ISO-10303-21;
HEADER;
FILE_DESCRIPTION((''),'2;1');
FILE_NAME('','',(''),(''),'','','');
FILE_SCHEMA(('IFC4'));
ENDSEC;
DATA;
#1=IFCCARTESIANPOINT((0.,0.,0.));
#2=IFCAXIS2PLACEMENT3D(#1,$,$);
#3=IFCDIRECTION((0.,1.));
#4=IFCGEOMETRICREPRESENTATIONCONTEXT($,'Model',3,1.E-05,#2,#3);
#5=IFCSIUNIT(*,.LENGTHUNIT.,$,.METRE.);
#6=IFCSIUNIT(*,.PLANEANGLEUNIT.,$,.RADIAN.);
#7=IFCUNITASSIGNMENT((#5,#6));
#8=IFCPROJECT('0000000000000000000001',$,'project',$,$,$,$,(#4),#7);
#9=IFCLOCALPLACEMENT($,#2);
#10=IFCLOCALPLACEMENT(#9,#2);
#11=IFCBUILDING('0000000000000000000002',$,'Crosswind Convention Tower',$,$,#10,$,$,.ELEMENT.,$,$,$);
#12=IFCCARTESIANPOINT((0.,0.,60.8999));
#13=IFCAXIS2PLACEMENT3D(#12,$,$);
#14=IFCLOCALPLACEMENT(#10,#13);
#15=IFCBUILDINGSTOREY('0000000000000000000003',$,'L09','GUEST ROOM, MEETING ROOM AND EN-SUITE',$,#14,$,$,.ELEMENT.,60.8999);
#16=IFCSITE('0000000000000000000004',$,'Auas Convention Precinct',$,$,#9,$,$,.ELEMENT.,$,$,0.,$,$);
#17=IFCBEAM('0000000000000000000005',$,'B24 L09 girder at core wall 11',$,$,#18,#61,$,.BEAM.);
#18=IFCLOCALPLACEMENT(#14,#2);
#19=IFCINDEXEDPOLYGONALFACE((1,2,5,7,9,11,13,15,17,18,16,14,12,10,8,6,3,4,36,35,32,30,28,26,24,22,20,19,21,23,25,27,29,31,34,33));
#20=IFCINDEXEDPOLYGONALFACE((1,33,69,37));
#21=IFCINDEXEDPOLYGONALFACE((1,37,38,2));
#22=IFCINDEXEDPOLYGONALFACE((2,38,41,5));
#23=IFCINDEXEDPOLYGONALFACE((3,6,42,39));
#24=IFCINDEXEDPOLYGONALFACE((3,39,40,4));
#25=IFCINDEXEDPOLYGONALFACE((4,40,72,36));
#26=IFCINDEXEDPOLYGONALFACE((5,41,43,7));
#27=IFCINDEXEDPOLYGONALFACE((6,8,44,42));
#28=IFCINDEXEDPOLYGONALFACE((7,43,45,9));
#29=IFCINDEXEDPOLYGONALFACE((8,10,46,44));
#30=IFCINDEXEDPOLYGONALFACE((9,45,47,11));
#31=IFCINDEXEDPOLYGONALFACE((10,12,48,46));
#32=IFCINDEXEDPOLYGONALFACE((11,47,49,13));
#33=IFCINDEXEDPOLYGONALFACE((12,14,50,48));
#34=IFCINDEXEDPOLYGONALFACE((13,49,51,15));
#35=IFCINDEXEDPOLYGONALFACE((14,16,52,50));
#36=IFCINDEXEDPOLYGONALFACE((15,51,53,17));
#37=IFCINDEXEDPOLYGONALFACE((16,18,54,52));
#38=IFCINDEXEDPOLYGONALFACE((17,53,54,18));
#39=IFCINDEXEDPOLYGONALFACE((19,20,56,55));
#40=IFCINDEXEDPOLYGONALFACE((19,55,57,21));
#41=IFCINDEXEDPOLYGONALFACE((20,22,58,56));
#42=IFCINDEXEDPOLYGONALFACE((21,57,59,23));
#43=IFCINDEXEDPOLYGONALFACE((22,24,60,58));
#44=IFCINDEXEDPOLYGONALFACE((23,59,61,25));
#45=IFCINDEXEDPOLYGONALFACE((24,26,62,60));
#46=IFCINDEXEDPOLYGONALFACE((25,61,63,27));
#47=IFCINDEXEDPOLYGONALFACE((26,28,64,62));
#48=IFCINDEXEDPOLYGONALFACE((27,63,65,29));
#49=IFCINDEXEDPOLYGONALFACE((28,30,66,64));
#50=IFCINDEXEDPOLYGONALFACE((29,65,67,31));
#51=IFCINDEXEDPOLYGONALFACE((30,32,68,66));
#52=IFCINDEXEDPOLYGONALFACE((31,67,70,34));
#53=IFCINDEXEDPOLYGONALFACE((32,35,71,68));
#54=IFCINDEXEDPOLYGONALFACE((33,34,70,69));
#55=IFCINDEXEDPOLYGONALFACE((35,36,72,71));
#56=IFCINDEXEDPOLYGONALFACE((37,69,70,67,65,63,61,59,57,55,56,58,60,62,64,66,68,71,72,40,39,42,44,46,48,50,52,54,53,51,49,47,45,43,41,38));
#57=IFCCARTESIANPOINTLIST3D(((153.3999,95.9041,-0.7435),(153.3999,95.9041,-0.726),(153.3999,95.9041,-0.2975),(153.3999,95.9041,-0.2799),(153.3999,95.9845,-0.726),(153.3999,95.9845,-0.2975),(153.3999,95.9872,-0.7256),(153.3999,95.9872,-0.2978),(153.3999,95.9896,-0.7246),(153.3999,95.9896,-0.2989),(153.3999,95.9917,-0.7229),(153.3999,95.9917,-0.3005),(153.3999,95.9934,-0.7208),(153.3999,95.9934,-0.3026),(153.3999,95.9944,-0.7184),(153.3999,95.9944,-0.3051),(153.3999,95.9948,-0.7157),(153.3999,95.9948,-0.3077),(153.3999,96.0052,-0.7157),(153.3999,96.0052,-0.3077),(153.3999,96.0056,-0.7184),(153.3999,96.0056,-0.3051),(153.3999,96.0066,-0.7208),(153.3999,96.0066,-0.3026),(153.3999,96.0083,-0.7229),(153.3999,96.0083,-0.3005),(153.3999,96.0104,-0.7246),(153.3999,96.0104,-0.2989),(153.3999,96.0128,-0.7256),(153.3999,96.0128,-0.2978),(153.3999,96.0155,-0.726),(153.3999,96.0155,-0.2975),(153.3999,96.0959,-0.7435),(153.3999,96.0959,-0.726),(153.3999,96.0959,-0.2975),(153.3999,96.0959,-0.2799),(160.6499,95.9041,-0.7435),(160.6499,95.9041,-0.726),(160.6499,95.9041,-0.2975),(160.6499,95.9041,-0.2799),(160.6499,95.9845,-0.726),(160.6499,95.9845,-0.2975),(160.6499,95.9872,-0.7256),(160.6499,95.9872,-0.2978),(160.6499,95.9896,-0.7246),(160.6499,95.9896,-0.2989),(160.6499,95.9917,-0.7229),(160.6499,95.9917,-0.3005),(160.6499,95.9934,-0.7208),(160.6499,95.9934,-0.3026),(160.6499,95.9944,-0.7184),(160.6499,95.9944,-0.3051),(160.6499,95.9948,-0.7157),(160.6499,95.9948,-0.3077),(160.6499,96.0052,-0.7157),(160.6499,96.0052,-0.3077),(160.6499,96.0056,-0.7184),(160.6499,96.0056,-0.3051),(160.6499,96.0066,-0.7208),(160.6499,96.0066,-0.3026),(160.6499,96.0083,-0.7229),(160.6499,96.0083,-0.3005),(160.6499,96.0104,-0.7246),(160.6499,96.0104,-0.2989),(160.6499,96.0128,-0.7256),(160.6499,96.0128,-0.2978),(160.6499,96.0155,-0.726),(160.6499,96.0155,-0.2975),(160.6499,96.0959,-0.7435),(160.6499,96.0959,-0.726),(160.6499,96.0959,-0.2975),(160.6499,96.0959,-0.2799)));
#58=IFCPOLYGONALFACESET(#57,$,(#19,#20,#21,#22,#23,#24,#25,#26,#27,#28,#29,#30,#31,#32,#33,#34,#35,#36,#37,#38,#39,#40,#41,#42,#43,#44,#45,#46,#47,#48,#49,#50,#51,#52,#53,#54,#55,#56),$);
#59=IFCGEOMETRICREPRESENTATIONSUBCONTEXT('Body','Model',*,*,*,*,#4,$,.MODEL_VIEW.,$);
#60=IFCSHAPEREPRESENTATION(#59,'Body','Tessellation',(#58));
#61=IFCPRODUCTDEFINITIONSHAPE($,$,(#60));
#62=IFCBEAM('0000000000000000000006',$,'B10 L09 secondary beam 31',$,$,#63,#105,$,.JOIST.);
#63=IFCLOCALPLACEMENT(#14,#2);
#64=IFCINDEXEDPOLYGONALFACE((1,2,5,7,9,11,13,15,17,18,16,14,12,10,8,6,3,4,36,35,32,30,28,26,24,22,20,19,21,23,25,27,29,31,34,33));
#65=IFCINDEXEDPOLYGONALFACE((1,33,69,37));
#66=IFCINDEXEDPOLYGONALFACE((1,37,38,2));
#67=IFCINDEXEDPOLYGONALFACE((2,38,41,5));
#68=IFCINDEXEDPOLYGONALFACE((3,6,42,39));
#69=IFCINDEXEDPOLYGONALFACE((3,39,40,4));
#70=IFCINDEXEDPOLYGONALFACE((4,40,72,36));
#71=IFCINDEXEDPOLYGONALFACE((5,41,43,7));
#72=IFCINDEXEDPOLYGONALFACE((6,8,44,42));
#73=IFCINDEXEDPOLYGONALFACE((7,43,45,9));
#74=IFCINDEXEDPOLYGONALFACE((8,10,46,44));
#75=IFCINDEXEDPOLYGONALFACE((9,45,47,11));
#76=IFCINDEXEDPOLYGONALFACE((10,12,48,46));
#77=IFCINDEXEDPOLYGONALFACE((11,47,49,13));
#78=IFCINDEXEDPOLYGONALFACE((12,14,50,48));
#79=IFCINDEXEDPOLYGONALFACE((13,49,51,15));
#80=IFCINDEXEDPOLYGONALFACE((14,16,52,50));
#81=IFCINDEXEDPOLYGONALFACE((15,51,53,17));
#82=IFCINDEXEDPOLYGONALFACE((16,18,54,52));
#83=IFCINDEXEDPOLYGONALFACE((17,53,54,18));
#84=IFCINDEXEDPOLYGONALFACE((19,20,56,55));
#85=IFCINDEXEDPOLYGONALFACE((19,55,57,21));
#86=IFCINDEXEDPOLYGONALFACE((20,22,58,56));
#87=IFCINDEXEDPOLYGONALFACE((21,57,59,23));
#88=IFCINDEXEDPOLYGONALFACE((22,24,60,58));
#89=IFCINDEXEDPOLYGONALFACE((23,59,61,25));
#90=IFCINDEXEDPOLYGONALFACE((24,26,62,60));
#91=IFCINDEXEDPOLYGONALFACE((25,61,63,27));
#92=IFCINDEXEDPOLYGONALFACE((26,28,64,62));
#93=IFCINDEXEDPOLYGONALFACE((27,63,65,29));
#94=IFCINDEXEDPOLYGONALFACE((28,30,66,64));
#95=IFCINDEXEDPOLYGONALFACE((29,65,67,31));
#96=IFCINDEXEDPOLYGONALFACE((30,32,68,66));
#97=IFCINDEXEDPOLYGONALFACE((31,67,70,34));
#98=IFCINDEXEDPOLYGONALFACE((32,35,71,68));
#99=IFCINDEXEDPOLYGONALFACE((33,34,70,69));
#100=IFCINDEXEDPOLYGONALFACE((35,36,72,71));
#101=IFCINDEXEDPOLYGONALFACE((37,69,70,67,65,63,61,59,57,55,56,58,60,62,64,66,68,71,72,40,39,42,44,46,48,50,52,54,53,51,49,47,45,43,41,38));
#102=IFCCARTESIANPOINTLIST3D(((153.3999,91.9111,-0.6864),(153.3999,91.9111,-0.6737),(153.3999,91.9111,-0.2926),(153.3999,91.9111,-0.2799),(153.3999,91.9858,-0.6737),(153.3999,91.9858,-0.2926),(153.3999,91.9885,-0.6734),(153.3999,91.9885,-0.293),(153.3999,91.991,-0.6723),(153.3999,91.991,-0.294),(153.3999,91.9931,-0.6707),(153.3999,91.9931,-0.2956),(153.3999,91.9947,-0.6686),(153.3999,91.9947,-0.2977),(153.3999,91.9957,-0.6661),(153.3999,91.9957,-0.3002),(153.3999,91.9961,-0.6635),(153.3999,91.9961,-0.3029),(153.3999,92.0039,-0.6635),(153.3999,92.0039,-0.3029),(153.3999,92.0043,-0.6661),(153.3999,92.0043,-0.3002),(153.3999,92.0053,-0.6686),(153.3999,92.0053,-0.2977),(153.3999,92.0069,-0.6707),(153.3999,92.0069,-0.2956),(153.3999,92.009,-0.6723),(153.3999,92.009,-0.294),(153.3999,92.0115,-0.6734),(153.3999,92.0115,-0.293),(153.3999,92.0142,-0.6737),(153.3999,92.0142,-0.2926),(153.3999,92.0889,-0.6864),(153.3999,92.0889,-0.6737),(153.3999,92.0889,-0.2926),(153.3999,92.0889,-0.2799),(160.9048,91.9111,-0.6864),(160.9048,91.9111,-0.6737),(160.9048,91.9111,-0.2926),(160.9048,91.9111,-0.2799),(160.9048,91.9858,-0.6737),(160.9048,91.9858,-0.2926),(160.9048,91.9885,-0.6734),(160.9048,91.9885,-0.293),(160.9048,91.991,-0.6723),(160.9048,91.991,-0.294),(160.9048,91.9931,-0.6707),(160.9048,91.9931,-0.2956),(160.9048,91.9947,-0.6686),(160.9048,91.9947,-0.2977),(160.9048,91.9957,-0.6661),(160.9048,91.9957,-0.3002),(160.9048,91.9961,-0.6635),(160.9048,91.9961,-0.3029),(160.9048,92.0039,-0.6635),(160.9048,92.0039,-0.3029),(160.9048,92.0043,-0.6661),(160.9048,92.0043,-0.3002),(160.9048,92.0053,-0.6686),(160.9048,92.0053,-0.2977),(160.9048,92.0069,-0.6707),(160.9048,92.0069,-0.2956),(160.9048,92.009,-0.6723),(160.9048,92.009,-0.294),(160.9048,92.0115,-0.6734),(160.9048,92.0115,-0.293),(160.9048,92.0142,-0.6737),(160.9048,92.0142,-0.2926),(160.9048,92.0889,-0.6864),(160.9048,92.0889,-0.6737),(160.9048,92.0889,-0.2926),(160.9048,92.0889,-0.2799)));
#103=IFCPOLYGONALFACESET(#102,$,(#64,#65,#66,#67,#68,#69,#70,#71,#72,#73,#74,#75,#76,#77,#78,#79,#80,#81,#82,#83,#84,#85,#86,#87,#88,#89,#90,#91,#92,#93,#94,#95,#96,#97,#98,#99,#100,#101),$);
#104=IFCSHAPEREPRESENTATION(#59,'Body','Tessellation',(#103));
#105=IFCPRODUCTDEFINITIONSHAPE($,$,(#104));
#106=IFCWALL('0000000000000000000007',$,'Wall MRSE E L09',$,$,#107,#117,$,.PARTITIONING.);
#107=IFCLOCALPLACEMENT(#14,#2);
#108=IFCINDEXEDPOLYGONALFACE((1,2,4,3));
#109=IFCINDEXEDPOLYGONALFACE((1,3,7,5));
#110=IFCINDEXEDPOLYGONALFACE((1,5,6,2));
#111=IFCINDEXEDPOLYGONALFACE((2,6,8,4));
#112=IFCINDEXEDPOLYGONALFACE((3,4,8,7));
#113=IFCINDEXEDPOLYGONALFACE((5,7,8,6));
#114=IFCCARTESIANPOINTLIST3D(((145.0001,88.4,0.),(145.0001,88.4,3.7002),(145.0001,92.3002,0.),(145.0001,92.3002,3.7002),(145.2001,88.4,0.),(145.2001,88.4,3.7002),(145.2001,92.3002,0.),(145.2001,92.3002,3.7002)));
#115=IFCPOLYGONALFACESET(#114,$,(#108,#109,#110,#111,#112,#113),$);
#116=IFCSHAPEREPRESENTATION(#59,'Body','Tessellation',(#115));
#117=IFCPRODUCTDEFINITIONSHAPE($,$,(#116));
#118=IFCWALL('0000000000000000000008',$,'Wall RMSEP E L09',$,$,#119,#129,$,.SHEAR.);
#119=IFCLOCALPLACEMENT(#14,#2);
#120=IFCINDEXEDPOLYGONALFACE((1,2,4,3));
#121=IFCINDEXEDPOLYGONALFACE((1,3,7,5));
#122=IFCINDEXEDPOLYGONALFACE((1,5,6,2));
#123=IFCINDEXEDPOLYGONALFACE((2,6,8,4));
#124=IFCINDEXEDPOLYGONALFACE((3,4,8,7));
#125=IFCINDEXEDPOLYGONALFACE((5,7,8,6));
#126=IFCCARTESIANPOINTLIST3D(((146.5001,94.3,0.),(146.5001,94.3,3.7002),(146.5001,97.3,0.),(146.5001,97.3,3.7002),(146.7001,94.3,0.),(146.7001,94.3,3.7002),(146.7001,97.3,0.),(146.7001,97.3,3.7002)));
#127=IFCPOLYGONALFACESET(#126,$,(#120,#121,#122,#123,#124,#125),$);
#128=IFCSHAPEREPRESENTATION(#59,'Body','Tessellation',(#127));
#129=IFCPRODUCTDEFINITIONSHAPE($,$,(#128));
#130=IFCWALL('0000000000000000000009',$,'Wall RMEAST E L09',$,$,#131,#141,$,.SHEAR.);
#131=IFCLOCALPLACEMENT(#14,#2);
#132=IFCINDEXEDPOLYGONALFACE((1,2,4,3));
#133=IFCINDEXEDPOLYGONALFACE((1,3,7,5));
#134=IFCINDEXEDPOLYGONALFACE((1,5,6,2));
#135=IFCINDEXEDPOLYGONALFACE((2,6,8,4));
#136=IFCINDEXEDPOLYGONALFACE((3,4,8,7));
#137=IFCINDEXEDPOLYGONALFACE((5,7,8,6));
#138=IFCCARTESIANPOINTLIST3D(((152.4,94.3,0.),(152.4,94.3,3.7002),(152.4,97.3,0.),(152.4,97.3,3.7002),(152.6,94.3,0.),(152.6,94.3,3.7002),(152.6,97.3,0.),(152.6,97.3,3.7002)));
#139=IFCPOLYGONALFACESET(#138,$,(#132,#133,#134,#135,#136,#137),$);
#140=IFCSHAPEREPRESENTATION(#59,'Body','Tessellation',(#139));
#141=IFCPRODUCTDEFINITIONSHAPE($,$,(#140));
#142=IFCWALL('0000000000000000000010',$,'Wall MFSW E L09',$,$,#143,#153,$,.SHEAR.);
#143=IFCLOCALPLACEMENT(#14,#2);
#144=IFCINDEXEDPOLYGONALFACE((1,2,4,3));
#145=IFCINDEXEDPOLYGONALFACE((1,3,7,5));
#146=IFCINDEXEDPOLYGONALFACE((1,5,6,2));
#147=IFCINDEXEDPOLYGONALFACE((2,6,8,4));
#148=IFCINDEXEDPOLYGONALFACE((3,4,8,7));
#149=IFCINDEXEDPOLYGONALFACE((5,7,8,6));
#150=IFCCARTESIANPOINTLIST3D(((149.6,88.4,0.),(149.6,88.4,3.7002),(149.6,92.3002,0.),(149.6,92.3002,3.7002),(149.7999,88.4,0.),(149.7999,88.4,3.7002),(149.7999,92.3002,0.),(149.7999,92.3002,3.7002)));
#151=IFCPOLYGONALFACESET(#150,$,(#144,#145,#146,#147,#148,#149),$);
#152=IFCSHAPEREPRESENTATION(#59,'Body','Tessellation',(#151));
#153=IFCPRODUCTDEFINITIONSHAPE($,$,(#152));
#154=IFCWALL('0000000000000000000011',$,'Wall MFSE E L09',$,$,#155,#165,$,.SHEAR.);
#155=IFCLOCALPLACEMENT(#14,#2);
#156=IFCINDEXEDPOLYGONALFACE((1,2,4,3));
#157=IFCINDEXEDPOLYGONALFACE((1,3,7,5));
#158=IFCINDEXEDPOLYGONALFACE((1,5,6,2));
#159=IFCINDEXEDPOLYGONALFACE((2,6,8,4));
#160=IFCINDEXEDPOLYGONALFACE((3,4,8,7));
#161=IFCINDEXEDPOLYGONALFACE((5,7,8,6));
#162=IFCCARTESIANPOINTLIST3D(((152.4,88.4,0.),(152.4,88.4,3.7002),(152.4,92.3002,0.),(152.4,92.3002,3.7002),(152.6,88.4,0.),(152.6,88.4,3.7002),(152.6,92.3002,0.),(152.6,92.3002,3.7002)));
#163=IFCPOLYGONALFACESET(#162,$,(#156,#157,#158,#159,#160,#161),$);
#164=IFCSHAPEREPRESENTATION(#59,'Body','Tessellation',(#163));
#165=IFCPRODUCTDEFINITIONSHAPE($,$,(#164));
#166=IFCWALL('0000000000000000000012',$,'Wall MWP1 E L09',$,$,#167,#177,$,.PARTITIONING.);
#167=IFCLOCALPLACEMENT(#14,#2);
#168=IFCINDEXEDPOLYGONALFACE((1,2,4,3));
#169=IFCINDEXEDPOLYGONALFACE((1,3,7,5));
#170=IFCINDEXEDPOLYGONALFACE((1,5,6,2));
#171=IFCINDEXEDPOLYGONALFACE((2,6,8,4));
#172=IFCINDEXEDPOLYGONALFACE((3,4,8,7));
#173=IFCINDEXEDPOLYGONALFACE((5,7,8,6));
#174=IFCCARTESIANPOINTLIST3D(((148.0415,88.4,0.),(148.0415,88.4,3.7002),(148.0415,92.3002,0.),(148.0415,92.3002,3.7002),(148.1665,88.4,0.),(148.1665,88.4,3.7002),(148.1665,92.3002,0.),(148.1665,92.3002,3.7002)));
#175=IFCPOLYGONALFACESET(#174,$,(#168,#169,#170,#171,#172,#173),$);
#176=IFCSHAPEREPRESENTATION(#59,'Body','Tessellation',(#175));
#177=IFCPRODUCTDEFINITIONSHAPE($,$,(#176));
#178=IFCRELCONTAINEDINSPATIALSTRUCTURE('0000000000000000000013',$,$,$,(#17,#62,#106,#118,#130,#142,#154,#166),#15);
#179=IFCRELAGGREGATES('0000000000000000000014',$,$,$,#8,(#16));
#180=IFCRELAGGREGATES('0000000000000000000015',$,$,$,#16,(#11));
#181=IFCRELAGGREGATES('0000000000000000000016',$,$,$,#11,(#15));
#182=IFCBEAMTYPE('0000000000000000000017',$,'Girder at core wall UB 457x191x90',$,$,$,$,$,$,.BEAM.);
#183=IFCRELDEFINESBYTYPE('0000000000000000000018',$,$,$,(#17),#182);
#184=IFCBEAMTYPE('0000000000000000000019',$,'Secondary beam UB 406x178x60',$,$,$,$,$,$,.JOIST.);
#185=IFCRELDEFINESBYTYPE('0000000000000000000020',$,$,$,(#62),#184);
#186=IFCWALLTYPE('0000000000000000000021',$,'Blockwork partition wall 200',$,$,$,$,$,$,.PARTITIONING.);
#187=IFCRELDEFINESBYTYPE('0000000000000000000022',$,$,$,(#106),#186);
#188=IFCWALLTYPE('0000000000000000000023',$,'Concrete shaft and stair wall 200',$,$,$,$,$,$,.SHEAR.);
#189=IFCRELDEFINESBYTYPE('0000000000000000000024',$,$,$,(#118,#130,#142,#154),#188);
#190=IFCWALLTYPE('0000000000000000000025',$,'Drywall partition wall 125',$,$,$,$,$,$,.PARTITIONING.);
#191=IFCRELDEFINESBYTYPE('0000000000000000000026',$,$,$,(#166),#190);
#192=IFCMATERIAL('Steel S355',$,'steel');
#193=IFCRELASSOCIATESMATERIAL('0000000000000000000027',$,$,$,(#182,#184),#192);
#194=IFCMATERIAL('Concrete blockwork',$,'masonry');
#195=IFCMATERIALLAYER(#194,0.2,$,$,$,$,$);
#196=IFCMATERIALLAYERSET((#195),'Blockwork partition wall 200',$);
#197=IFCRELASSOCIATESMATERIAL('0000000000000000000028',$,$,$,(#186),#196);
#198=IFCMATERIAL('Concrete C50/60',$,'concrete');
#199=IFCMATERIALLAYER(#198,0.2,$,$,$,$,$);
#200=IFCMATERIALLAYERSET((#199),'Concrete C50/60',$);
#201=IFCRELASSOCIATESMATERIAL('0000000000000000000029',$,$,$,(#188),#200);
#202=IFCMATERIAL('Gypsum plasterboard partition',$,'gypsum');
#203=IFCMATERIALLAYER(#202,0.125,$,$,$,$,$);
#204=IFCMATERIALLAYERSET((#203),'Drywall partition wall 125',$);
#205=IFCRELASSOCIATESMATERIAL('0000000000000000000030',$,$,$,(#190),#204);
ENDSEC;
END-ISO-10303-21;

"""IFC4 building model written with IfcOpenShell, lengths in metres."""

from ifc_helpers import new_model, si_unit, direction, frame, frame_2d, origin, origin_2d, place, context, subcontext, project, spatial, rectangle, i_section, extrude, material, layer, layer_set, material_profile, profile_set, type_object, element, save


model = new_model("IFC4")

# Units and contexts
model_context = context("Model", 3, precision=1e-05, world=origin(), true_north=direction((0.0, 1.0)))
body_context = subcontext(model_context, "Body", "Model", "MODEL_VIEW")
ifc_project = project(units=[si_unit("LENGTHUNIT", "METRE"), si_unit("PLANEANGLEUNIT", "RADIAN")], contexts=[model_context])

# Site, building, storey
site_placement = place(None, origin())
site = spatial("IfcSite", under=ifc_project, at=site_placement, Name="Auas Convention Precinct", CompositionType="ELEMENT", RefElevation=0.0)
building_placement = place(site_placement, origin())
building = spatial("IfcBuilding", under=site, at=building_placement, Name="Crosswind Convention Tower", CompositionType="ELEMENT")
storey_placement = place(building_placement, frame((0.0, 0.0, 60.8999)))
storey = spatial("IfcBuildingStorey", under=building, at=storey_placement, Name="L09", Description="GUEST ROOM, MEETING ROOM AND EN-SUITE", CompositionType="ELEMENT", Elevation=60.8999)

# Beams
ifc_material_1 = material(Name="Steel S355", Category="steel")
ifc_material_profile_1 = material_profile(ifc_material_1, i_section(OverallWidth=0.1919, OverallDepth=0.4636, WebThickness=0.0105, FlangeThickness=0.0176, FilletRadius=0.0103, at=origin_2d()), Name="UB 457x191x90")
ifc_profile_set_1 = profile_set([ifc_material_profile_1], Name="Steel S355")
beam_type_1 = type_object("IfcBeamType", Name="Girder at core wall UB 457x191x90", PredefinedType="BEAM", material=ifc_profile_set_1)
beam_1_placement = place(storey_placement, frame((153.3999, 96.0, -0.5117), z_axis=(1.0, 0.0, 0.0), x_axis=(0.0, 1.0, 0.0)))
element("IfcBeam", 1, at=beam_1_placement, inside=storey, type_object=beam_type_1, Name="B24 L09 girder at core wall 11", PredefinedType="BEAM", context=body_context, shape_type="SweptSolid", body=[
    extrude(i_section(OverallWidth=0.1919, OverallDepth=0.4636, WebThickness=0.0105, FlangeThickness=0.0176, FilletRadius=0.0103, at=origin_2d()), origin(), (0.0, 0.0, 1.0), 7.25),
])
ifc_material_profile_2 = material_profile(ifc_material_1, i_section(OverallWidth=0.1777, OverallDepth=0.4065, WebThickness=0.0078, FlangeThickness=0.0127, FilletRadius=0.0103, at=origin_2d()), Name="UB 406x178x60")
ifc_profile_set_2 = profile_set([ifc_material_profile_2], Name="Steel S355")
beam_type_2 = type_object("IfcBeamType", Name="Secondary beam UB 406x178x60", PredefinedType="JOIST", material=ifc_profile_set_2)
beam_2_placement = place(storey_placement, frame((153.3999, 92.0, -0.4832), z_axis=(1.0, 0.0, 0.0), x_axis=(0.0, 1.0, 0.0)))
element("IfcBeam", 2, at=beam_2_placement, inside=storey, type_object=beam_type_2, Name="B10 L09 secondary beam 31", PredefinedType="JOIST", context=body_context, shape_type="SweptSolid", body=[
    extrude(i_section(OverallWidth=0.1777, OverallDepth=0.4065, WebThickness=0.0078, FlangeThickness=0.0127, FilletRadius=0.0103, at=origin_2d()), origin(), (0.0, 0.0, 1.0), 7.5049),
])

# Wall
ifc_material_2 = material(Name="Concrete blockwork", Category="masonry")
ifc_layer_1 = layer(ifc_material_2, 0.2)
ifc_layer_set_1 = layer_set([ifc_layer_1], Name="Blockwork partition wall 200")
wall_type_1 = type_object("IfcWallType", Name="Blockwork partition wall 200", PredefinedType="PARTITIONING", material=ifc_layer_set_1)
wall_1_placement = place(storey_placement, frame((145.1001, 88.3999, 0.0), z_axis=(0.0, 0.0, 1.0), x_axis=(0.0, 1.0, 0.0)))
element("IfcWall", 3, at=wall_1_placement, inside=storey, type_object=wall_type_1, Name="Wall MRSE E L09", PredefinedType="PARTITIONING", context=body_context, shape_type="SweptSolid", body=[
    extrude(rectangle(XDim=3.9001, YDim=0.2, at=frame_2d((1.9502, 0.0))), origin(), (0.0, 0.0, 1.0), 3.7002),
])

# Walls
ifc_material_3 = material(Name="Concrete C50/60", Category="concrete")
ifc_layer_2 = layer(ifc_material_3, 0.2)
ifc_layer_set_2 = layer_set([ifc_layer_2], Name="Concrete C50/60")
wall_type_2 = type_object("IfcWallType", Name="Concrete shaft and stair wall 200", PredefinedType="SHEAR", material=ifc_layer_set_2)
for number, where, z_axis, x_axis, name in (
    (4, (146.6001, 94.3, 0.0), (0.0, 0.0, 1.0), (0.0, 1.0, 0.0), "Wall RMSEP E L09"),
    (5, (152.5, 94.3, 0.0), (0.0, 0.0, 1.0), (0.0, 1.0, 0.0), "Wall RMEAST E L09"),
):
    element("IfcWall", number, at=place(storey_placement, frame(where, z_axis=z_axis, x_axis=x_axis)), inside=storey, type_object=wall_type_2, Name=name, PredefinedType="SHEAR", context=body_context, shape_type="SweptSolid", body=[
        extrude(rectangle(XDim=3.0, YDim=0.2, at=frame_2d((1.5, 0.0))), origin(), (0.0, 0.0, 1.0), 3.7002),
    ])
for number, where, z_axis, x_axis, name in (
    (6, (149.7, 88.3999, 0.0), (0.0, 0.0, 1.0), (0.0, 1.0, 0.0), "Wall MFSW E L09"),
    (7, (152.5, 88.3999, 0.0), (0.0, 0.0, 1.0), (0.0, 1.0, 0.0), "Wall MFSE E L09"),
):
    element("IfcWall", number, at=place(storey_placement, frame(where, z_axis=z_axis, x_axis=x_axis)), inside=storey, type_object=wall_type_2, Name=name, PredefinedType="SHEAR", context=body_context, shape_type="SweptSolid", body=[
        extrude(rectangle(XDim=3.9001, YDim=0.2, at=frame_2d((1.9502, 0.0))), origin(), (0.0, 0.0, 1.0), 3.7002),
    ])
ifc_material_4 = material(Name="Gypsum plasterboard partition", Category="gypsum")
ifc_layer_3 = layer(ifc_material_4, 0.125)
ifc_layer_set_3 = layer_set([ifc_layer_3], Name="Drywall partition wall 125")
wall_type_3 = type_object("IfcWallType", Name="Drywall partition wall 125", PredefinedType="PARTITIONING", material=ifc_layer_set_3)
wall_2_placement = place(storey_placement, frame((148.104, 88.3999, 0.0), z_axis=(0.0, 0.0, 1.0), x_axis=(0.0, 1.0, 0.0)))
element("IfcWall", 8, at=wall_2_placement, inside=storey, type_object=wall_type_3, Name="Wall MWP1 E L09", PredefinedType="PARTITIONING", context=body_context, shape_type="SweptSolid", body=[
    extrude(rectangle(XDim=3.9001, YDim=0.125, at=frame_2d((1.9502, 0.0))), origin(), (0.0, 0.0, 1.0), 3.7002),
])

save(model, "model.ifc")
